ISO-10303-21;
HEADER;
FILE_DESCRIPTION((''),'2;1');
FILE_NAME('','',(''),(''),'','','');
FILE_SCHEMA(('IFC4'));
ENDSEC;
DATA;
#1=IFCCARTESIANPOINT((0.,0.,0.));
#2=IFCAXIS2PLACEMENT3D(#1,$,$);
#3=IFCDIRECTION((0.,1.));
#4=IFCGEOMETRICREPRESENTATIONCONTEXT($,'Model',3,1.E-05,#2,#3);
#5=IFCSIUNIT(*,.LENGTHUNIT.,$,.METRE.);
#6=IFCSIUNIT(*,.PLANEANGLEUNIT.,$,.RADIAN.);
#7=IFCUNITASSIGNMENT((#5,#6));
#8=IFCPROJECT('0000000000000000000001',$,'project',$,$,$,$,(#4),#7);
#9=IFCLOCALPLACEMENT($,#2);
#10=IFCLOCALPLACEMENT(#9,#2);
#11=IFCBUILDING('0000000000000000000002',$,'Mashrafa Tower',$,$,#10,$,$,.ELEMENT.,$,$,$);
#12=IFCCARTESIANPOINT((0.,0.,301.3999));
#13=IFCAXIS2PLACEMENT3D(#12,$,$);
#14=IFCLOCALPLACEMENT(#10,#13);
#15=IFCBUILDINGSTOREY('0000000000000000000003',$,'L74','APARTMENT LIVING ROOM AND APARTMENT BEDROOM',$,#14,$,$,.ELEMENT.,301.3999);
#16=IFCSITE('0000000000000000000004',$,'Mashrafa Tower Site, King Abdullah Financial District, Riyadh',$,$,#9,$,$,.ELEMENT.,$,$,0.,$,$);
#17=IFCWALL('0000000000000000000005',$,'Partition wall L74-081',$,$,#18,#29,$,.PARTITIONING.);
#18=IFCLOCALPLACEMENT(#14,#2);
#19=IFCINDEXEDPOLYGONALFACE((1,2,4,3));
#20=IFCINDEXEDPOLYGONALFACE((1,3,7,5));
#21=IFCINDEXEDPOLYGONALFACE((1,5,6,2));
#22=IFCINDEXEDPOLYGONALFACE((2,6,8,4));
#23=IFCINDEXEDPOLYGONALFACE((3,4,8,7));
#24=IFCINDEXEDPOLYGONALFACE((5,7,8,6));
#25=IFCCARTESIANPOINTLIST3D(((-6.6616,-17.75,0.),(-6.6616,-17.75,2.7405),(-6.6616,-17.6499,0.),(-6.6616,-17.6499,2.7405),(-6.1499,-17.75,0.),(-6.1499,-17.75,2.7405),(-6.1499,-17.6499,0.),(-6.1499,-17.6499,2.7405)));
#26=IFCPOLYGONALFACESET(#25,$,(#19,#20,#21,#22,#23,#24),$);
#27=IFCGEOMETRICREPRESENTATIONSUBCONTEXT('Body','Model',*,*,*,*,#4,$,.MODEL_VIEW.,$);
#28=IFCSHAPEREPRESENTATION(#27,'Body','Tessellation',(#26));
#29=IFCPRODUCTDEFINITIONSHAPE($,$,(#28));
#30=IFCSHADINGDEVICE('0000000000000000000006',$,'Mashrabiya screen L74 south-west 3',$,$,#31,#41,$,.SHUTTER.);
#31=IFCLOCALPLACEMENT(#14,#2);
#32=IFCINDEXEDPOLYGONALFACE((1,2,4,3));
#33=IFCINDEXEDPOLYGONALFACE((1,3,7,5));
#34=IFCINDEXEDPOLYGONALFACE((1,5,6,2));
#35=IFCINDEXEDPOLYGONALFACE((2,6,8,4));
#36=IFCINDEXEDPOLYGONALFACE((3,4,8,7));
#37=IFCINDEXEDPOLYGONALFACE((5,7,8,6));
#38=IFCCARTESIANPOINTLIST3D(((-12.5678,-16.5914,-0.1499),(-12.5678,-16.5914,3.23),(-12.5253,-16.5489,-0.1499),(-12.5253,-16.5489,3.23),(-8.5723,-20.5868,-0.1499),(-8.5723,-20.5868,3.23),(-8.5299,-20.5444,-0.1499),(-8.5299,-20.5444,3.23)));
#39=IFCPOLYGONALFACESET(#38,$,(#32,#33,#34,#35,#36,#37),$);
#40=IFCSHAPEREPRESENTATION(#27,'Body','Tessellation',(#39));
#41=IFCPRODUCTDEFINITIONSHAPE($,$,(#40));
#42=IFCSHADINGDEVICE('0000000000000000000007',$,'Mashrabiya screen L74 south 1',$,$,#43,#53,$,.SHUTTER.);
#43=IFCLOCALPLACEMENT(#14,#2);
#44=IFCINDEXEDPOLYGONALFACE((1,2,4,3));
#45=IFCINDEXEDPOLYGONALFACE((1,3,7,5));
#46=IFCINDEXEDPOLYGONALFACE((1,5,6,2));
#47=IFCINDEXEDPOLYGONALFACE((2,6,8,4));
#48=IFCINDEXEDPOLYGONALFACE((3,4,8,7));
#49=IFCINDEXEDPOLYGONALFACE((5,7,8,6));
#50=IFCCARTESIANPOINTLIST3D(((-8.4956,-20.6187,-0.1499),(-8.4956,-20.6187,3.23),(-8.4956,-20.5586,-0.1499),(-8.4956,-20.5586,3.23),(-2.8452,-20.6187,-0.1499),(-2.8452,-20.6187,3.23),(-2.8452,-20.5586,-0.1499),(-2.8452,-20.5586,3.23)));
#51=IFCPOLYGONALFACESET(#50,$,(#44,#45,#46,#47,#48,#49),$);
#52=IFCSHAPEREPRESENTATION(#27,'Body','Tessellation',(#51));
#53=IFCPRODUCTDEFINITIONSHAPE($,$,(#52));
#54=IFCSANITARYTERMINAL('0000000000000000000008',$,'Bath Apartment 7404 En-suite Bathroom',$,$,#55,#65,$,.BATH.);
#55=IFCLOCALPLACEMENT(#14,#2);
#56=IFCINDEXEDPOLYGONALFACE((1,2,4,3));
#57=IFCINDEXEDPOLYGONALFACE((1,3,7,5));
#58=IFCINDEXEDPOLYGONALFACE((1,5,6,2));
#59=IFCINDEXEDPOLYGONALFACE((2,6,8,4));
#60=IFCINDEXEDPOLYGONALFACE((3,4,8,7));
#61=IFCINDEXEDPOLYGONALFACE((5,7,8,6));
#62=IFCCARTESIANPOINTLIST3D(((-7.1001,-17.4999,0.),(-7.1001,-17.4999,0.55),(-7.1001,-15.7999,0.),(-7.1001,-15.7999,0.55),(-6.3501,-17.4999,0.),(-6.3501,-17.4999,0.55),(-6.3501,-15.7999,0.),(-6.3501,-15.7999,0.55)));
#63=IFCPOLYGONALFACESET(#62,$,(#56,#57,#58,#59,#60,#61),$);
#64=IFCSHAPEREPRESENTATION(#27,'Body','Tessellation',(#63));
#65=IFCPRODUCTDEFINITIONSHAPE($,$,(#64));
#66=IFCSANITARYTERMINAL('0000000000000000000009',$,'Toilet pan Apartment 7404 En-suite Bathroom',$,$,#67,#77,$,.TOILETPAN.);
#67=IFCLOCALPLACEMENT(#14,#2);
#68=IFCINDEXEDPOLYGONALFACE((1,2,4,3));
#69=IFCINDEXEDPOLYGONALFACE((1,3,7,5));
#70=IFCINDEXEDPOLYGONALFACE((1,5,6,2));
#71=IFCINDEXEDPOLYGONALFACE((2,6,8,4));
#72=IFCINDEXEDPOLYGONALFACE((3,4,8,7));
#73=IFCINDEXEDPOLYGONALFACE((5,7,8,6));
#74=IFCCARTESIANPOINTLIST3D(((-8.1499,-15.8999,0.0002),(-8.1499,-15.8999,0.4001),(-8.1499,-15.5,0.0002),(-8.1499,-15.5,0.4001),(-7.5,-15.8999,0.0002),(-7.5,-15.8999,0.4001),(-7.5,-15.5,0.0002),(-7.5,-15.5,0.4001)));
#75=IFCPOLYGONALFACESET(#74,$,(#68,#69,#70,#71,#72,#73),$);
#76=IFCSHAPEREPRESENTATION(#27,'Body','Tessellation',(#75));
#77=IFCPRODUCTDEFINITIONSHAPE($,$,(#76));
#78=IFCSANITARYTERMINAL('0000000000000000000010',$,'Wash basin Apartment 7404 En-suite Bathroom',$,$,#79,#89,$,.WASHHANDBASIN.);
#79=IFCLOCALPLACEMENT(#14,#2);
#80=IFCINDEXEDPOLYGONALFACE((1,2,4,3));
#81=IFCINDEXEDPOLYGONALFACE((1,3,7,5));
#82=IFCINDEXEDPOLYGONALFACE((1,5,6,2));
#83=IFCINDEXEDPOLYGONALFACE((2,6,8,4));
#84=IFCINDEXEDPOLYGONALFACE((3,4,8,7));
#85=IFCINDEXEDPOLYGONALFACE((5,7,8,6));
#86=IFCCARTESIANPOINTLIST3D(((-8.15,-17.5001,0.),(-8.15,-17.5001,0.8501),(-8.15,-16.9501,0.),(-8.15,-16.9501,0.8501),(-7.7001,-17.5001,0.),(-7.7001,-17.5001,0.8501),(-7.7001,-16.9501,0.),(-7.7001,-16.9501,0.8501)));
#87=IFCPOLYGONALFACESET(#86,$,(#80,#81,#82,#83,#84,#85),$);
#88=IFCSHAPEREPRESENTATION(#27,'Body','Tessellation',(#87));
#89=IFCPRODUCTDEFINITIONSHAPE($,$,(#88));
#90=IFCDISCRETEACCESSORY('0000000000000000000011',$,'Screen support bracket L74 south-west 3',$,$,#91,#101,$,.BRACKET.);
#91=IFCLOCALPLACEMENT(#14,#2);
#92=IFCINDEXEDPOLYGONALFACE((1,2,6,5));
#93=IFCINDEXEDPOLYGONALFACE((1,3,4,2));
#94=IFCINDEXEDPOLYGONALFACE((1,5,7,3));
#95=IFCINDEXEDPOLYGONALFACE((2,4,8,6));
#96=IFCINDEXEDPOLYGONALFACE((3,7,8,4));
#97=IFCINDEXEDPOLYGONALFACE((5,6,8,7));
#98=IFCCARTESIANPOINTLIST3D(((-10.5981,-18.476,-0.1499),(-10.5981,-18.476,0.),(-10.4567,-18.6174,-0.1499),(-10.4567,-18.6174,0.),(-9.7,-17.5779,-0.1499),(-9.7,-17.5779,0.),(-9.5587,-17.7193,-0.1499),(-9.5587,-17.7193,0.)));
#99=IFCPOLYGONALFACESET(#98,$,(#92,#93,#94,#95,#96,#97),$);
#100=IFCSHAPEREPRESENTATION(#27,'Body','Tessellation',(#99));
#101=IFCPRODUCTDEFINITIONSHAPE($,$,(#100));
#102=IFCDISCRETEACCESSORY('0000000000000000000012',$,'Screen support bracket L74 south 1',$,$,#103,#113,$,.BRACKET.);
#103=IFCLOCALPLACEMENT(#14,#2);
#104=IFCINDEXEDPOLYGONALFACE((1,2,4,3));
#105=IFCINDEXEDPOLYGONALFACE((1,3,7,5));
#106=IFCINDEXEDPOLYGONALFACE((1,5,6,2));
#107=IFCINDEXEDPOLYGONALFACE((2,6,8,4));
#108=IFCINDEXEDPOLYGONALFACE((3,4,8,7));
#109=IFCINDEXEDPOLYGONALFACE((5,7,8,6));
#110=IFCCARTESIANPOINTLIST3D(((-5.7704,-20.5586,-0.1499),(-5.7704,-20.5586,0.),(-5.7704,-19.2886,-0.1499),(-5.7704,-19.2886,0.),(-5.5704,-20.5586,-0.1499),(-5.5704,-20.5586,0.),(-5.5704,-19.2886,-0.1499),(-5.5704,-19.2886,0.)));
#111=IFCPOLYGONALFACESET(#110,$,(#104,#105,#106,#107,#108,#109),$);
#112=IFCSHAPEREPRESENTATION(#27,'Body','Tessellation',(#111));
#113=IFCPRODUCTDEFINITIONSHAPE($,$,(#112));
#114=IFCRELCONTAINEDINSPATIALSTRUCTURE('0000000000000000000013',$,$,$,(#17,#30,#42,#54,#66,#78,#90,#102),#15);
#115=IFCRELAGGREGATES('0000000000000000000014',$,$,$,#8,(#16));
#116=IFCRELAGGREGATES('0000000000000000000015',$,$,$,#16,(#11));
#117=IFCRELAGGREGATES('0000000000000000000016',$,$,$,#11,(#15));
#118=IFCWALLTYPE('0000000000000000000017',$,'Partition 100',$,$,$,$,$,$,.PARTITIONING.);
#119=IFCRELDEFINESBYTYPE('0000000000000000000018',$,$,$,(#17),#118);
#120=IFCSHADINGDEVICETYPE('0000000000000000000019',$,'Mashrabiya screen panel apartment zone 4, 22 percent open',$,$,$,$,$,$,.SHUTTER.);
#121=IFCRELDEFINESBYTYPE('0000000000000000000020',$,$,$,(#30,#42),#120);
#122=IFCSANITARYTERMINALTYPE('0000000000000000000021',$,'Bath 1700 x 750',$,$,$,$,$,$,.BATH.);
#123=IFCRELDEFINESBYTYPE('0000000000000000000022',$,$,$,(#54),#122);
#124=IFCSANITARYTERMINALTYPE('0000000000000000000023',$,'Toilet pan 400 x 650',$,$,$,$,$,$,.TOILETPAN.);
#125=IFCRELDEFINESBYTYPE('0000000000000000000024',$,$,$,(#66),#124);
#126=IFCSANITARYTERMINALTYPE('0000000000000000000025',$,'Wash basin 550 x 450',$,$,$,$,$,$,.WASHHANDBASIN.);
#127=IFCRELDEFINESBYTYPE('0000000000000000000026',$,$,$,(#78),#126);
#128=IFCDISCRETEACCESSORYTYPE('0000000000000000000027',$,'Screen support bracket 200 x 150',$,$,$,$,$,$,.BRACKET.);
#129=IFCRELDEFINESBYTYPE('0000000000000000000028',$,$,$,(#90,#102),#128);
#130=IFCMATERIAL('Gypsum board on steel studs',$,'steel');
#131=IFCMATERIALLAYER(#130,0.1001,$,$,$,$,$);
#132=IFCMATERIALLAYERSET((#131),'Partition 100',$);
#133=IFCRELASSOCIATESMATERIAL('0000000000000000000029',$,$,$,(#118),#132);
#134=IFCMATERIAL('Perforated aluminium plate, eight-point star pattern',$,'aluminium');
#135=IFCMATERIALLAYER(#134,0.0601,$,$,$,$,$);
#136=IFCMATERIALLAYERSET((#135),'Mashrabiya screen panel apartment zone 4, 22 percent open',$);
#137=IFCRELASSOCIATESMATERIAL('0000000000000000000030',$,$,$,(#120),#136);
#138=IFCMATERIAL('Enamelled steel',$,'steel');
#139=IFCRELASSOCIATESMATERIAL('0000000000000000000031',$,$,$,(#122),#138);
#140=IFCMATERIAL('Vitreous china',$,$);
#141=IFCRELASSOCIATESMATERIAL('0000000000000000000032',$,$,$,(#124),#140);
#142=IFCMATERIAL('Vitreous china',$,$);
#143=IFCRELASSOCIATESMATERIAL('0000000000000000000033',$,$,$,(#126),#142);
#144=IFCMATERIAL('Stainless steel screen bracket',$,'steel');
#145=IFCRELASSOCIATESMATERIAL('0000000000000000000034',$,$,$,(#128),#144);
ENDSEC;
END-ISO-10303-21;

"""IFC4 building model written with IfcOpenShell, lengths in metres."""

from ifc_helpers import new_model, si_unit, direction, frame, frame_2d, origin, origin_2d, place, context, subcontext, project, spatial, rectangle, extrude, source, transform, mapped, material, layer, layer_set, type_object, type_shapes, element, save


model = new_model("IFC4")

# Units and contexts
model_context = context("Model", 3, precision=1e-05, world=origin(), true_north=direction((0.0, 1.0)))
body_context = subcontext(model_context, "Body", "Model", "MODEL_VIEW")
ifc_project = project(units=[si_unit("LENGTHUNIT", "METRE"), si_unit("PLANEANGLEUNIT", "RADIAN")], contexts=[model_context])

# Site, building, storey
site_placement = place(None, origin())
site = spatial("IfcSite", under=ifc_project, at=site_placement, Name="Mashrafa Tower Site, King Abdullah Financial District, Riyadh", CompositionType="ELEMENT", RefElevation=0.0)
building_placement = place(site_placement, origin())
building = spatial("IfcBuilding", under=site, at=building_placement, Name="Mashrafa Tower", CompositionType="ELEMENT")
storey_placement = place(building_placement, frame((0.0, 0.0, 301.3999)))
storey = spatial("IfcBuildingStorey", under=building, at=storey_placement, Name="L74", Description="APARTMENT LIVING ROOM AND APARTMENT BEDROOM", CompositionType="ELEMENT", Elevation=301.3999)

# Shared definitions
ifc_material_1 = material(Name="Gypsum board on steel studs", Category="steel")
ifc_layer_1 = layer(ifc_material_1, 0.1001)
ifc_layer_set_1 = layer_set([ifc_layer_1], Name="Partition 100")
wall_type = type_object("IfcWallType", Name="Partition 100", PredefinedType="PARTITIONING", material=ifc_layer_set_1)

# Wall
wall_1_placement = place(storey_placement, frame((-6.6616, -17.7, 0.0), z_axis=(0.0, 0.0, 1.0), x_axis=(1.0, 0.0, 0.0)))
element("IfcWall", 1, at=wall_1_placement, inside=storey, type_object=wall_type, Name="Partition wall L74-081", PredefinedType="PARTITIONING", context=body_context, shape_type="SweptSolid", body=[
    extrude(rectangle(XDim=0.5117, YDim=0.1001, at=frame_2d((0.2559, 0.0))), origin(), (0.0, 0.0, 1.0), 2.7405),
])

# Shading devices
ifc_material_2 = material(Name="Perforated aluminium plate, eight-point star pattern", Category="aluminium")
ifc_layer_2 = layer(ifc_material_2, 0.0601)
ifc_layer_set_2 = layer_set([ifc_layer_2], Name="Mashrabiya screen panel apartment zone 4, 22 percent open")
shading_device_type = type_object("IfcShadingDeviceType", Name="Mashrabiya screen panel apartment zone 4, 22 percent open", PredefinedType="SHUTTER", material=ifc_layer_set_2)
shared_shape_1 = source(origin(), body_context, "Body", "SweptSolid", [
    extrude(rectangle(XDim=5.6504, YDim=0.0601, at=origin_2d()), origin(), (0.0, 0.0, 1.0), 3.3799),
])
type_shapes(shading_device_type, [shared_shape_1])
for number, where, z_axis, x_axis, name in (
    (2, (-10.5488, -18.5679, -0.1499), (0.0, 0.0, 1.0), (0.707107, -0.707107, 0.0), "Mashrabiya screen L74 south-west 3"),
    (3, (-5.6704, -20.5886, -0.1499), (0.0, 0.0, 1.0), (1.0, 0.0, 0.0), "Mashrabiya screen L74 south 1"),
):
    element("IfcShadingDevice", number, at=place(storey_placement, frame(where, z_axis=z_axis, x_axis=x_axis)), inside=storey, type_object=shading_device_type, Name=name, PredefinedType="SHUTTER", context=body_context, shape_type="MappedRepresentation", body=[
        mapped(shared_shape_1, transform((0.0, 0.0, 0.0))),
    ])

# Sanitary terminals
ifc_material_3 = material(Name="Enamelled steel", Category="steel")
sanitary_terminal_type_1 = type_object("IfcSanitaryTerminalType", Name="Bath 1700 x 750", PredefinedType="BATH", material=ifc_material_3)
sanitary_terminal_1_placement = place(storey_placement, frame((-6.7251, -16.6499, 0.0), z_axis=(0.0, 0.0, 1.0), x_axis=(0.0, 1.0, 0.0)))
element("IfcSanitaryTerminal", 4, at=sanitary_terminal_1_placement, inside=storey, type_object=sanitary_terminal_type_1, Name="Bath Apartment 7404 En-suite Bathroom", PredefinedType="BATH", context=body_context, shape_type="SweptSolid", body=[
    extrude(rectangle(XDim=1.7, YDim=0.75, at=origin_2d()), origin(), (0.0, 0.0, 1.0), 0.55),
])
ifc_material_4 = material(Name="Vitreous china")
sanitary_terminal_type_2 = type_object("IfcSanitaryTerminalType", Name="Toilet pan 400 x 650", PredefinedType="TOILETPAN", material=ifc_material_4)
sanitary_terminal_2_placement = place(storey_placement, frame((-7.825, -15.7, 0.0002), z_axis=(0.0, 0.0, 1.0), x_axis=(0.0, -1.0, 0.0)))
element("IfcSanitaryTerminal", 5, at=sanitary_terminal_2_placement, inside=storey, type_object=sanitary_terminal_type_2, Name="Toilet pan Apartment 7404 En-suite Bathroom", PredefinedType="TOILETPAN", context=body_context, shape_type="SweptSolid", body=[
    extrude(rectangle(XDim=0.3999, YDim=0.6499, at=origin_2d()), origin(), (0.0, 0.0, 1.0), 0.3999),
])
ifc_material_5 = material(Name="Vitreous china")
sanitary_terminal_type_3 = type_object("IfcSanitaryTerminalType", Name="Wash basin 550 x 450", PredefinedType="WASHHANDBASIN", material=ifc_material_5)
sanitary_terminal_3_placement = place(storey_placement, frame((-7.925, -17.2251, 0.0), z_axis=(0.0, 0.0, 1.0), x_axis=(0.0, -1.0, 0.0)))
element("IfcSanitaryTerminal", 6, at=sanitary_terminal_3_placement, inside=storey, type_object=sanitary_terminal_type_3, Name="Wash basin Apartment 7404 En-suite Bathroom", PredefinedType="WASHHANDBASIN", context=body_context, shape_type="SweptSolid", body=[
    extrude(rectangle(XDim=0.55, YDim=0.45, at=origin_2d()), origin(), (0.0, 0.0, 1.0), 0.8501),
])

# Discrete accessories
ifc_material_6 = material(Name="Stainless steel screen bracket", Category="steel")
discrete_accessory_type = type_object("IfcDiscreteAccessoryType", Name="Screen support bracket 200 x 150", PredefinedType="BRACKET", material=ifc_material_6)
shared_shape_2 = source(origin(), body_context, "Body", "SweptSolid", [
    extrude(rectangle(XDim=0.2, YDim=1.27, at=origin_2d()), origin(), (0.0, 0.0, 1.0), 0.1499),
])
type_shapes(discrete_accessory_type, [shared_shape_2])
for number, where, z_axis, x_axis, name in (
    (7, (-10.0784, -18.0977, -0.1499), (0.0, 0.0, 1.0), (0.707107, -0.707107, 0.0), "Screen support bracket L74 south-west 3"),
    (8, (-5.6704, -19.9236, -0.1499), (0.0, 0.0, 1.0), (1.0, 0.0, 0.0), "Screen support bracket L74 south 1"),
):
    element("IfcDiscreteAccessory", number, at=place(storey_placement, frame(where, z_axis=z_axis, x_axis=x_axis)), inside=storey, type_object=discrete_accessory_type, Name=name, PredefinedType="BRACKET", context=body_context, shape_type="MappedRepresentation", body=[
        mapped(shared_shape_2, transform((0.0, 0.0, 0.0))),
    ])

save(model, "model.ifc")
